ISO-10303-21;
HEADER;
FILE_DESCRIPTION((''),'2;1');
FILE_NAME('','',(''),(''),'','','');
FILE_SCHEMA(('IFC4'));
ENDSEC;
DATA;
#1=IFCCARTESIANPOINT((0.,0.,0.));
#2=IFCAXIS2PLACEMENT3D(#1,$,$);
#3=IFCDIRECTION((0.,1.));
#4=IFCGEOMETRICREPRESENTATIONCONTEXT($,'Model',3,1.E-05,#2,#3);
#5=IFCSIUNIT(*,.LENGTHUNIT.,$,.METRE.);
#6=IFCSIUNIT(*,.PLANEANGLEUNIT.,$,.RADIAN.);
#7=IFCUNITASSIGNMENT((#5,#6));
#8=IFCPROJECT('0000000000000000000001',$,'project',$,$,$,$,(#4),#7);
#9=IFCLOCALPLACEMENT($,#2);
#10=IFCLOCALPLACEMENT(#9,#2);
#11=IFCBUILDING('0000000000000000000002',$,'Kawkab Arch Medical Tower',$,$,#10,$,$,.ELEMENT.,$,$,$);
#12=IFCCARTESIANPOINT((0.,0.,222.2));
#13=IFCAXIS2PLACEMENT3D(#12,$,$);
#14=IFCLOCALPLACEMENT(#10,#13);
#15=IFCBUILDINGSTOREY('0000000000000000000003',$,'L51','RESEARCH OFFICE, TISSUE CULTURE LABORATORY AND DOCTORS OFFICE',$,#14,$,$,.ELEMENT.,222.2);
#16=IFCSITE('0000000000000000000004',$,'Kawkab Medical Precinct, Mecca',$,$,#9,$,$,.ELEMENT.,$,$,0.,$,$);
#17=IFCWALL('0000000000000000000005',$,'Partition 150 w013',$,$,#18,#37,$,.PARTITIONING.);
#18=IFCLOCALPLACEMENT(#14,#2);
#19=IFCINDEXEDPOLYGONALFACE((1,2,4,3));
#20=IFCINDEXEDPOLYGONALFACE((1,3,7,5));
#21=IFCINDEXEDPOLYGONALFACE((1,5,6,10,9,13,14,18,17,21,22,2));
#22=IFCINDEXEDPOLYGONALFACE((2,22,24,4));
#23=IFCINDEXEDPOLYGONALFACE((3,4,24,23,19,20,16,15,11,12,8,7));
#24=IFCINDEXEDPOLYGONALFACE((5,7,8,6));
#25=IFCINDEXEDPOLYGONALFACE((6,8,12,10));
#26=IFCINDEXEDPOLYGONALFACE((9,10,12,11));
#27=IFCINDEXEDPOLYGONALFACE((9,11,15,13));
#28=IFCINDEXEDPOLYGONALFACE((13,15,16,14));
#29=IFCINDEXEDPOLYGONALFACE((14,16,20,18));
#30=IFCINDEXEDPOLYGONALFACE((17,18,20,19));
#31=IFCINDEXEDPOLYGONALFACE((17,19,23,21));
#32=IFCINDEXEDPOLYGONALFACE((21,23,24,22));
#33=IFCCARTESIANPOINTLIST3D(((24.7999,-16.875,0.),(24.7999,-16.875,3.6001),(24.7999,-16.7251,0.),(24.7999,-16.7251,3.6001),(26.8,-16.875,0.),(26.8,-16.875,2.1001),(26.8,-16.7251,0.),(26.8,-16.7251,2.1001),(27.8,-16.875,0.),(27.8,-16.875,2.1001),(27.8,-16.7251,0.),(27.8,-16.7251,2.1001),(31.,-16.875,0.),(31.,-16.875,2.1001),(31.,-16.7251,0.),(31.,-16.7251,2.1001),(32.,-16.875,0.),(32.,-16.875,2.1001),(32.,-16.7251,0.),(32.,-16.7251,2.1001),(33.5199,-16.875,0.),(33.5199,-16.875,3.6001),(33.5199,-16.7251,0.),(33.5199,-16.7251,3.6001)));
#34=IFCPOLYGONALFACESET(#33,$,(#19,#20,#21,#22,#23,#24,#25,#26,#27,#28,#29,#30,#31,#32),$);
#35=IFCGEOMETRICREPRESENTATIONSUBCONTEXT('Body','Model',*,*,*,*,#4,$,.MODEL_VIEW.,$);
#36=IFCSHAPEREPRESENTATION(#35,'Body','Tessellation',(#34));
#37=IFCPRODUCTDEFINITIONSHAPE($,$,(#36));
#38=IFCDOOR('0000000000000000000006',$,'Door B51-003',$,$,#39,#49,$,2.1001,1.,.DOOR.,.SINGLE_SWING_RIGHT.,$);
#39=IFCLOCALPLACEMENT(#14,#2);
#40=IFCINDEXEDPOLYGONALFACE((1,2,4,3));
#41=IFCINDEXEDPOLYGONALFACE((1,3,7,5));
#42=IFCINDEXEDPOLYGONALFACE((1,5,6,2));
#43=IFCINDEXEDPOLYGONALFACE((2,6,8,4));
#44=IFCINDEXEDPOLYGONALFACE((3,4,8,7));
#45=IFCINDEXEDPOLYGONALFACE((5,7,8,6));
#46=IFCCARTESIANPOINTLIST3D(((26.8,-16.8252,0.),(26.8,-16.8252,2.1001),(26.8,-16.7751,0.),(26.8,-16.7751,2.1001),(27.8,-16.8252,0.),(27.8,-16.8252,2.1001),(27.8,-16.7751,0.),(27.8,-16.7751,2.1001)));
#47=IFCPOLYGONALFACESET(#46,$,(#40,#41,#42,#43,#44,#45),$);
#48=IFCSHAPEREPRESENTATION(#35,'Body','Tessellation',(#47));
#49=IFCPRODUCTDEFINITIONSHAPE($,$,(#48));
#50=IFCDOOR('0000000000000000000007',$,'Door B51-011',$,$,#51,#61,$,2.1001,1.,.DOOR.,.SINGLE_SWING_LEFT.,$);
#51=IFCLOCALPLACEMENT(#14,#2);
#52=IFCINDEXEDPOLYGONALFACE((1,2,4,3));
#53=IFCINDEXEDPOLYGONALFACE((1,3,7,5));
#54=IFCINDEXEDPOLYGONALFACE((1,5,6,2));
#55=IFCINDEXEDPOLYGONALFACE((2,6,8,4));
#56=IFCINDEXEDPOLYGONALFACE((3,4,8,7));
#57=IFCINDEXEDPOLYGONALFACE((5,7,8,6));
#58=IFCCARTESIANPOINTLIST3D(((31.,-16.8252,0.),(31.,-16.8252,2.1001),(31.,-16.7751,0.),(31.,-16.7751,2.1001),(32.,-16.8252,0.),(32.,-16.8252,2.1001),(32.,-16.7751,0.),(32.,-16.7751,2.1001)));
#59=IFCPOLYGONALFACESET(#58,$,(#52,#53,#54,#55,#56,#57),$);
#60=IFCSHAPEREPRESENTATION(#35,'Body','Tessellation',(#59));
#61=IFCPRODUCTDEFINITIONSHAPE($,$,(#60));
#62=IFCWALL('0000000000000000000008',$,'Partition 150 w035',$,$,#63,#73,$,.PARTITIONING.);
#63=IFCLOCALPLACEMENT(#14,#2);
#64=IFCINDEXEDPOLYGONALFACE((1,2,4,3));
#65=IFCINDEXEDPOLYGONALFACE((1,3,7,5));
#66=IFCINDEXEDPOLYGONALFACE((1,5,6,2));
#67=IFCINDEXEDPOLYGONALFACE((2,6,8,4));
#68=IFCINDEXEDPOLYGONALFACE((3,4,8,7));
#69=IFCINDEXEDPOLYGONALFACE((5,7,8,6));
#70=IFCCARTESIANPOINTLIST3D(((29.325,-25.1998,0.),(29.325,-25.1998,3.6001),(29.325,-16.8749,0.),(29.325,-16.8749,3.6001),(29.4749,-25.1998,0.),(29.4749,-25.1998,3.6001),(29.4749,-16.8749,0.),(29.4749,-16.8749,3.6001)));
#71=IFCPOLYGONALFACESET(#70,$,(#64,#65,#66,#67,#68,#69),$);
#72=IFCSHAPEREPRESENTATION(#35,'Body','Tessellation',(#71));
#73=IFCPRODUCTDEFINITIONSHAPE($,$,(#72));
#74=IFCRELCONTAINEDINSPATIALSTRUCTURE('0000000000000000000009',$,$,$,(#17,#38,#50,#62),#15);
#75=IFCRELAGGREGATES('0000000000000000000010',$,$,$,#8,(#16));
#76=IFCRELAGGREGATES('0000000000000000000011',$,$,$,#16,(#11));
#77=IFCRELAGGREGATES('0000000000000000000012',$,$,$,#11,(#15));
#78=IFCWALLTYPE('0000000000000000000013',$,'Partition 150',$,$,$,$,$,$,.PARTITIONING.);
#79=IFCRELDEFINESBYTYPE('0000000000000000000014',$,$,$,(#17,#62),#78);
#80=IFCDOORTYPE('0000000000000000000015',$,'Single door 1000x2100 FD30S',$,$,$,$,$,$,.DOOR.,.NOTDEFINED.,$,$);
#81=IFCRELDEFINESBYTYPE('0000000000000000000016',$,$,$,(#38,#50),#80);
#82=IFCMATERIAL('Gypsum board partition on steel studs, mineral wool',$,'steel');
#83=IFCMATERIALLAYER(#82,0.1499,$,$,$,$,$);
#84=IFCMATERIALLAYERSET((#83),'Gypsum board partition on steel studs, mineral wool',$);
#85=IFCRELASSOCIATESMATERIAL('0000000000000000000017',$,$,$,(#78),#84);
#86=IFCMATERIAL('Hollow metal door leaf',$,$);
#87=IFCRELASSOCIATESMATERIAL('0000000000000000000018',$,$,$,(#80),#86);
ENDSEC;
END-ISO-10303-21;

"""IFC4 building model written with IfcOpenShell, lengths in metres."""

from ifc_helpers import new_model, si_unit, direction, frame, frame_2d, origin, place, context, subcontext, project, spatial, rectangle, extrude, material, layer, layer_set, type_object, element, fill, save


model = new_model("IFC4")

# Units and contexts
model_context = context("Model", 3, precision=1e-05, world=origin(), true_north=direction((0.0, 1.0)))
body_context = subcontext(model_context, "Body", "Model", "MODEL_VIEW")
ifc_project = project(units=[si_unit("LENGTHUNIT", "METRE"), si_unit("PLANEANGLEUNIT", "RADIAN")], contexts=[model_context])

# Site, building, storey
site_placement = place(None, origin())
site = spatial("IfcSite", under=ifc_project, at=site_placement, Name="Kawkab Medical Precinct, Mecca", CompositionType="ELEMENT", RefElevation=0.0)
building_placement = place(site_placement, origin())
building = spatial("IfcBuilding", under=site, at=building_placement, Name="Kawkab Arch Medical Tower", CompositionType="ELEMENT")
storey_placement = place(building_placement, frame((0.0, 0.0, 222.2)))
storey = spatial("IfcBuildingStorey", under=building, at=storey_placement, Name="L51", Description="RESEARCH OFFICE, TISSUE CULTURE LABORATORY AND DOCTORS OFFICE", CompositionType="ELEMENT", Elevation=222.2)

# Shared definitions
ifc_material_1 = material(Name="Gypsum board partition on steel studs, mineral wool", Category="steel")
ifc_layer_1 = layer(ifc_material_1, 0.1499)
ifc_layer_set_1 = layer_set([ifc_layer_1], Name="Gypsum board partition on steel studs, mineral wool")
wall_type_1 = type_object("IfcWallType", Name="Partition 150", PredefinedType="PARTITIONING", material=ifc_layer_set_1)

# Wall, openings, doors
wall_1_placement = place(storey_placement, frame((24.8, -16.8, 0.0), z_axis=(0.0, 0.0, 1.0), x_axis=(1.0, 0.0, 0.0)))
wall_1 = element("IfcWall", 1, at=wall_1_placement, inside=storey, type_object=wall_type_1, Name="Partition 150 w013", PredefinedType="PARTITIONING", context=body_context, shape_type="SweptSolid", body=[
    extrude(rectangle(XDim=8.72, YDim=0.1499, at=frame_2d((4.3599, 0.0))), origin(), (0.0, 0.0, 1.0), 3.6001),
])
opening_1_placement = place(wall_1_placement, frame((2.0, 0.0, 0.0)))
opening_1 = element("IfcOpeningElement", 2, at=opening_1_placement, cuts=wall_1, PredefinedType="OPENING", context=body_context, shape_type="SweptSolid", body=[
    extrude(rectangle(XDim=1.0, YDim=2.1001, at=frame_2d((0.5, 1.05))), frame((0.0, 0.085, 0.0), z_axis=(0.0, -1.0, 0.0), x_axis=(1.0, 0.0, 0.0)), (0.0, 0.0, 1.0), 0.1699),
])
opening_2_placement = place(wall_1_placement, frame((6.2, 0.0, 0.0)))
opening_2 = element("IfcOpeningElement", 3, at=opening_2_placement, cuts=wall_1, PredefinedType="OPENING", context=body_context, shape_type="SweptSolid", body=[
    extrude(rectangle(XDim=1.0, YDim=2.1001, at=frame_2d((0.5, 1.05))), frame((0.0, 0.085, 0.0), z_axis=(0.0, -1.0, 0.0), x_axis=(1.0, 0.0, 0.0)), (0.0, 0.0, 1.0), 0.1699),
])
ifc_material_2 = material(Name="Hollow metal door leaf")
door_type_1 = type_object("IfcDoorType", Name="Single door 1000x2100 FD30S", OperationType="NOTDEFINED", PredefinedType="DOOR", material=ifc_material_2)
door_1_placement = place(opening_1_placement, origin())
door_1 = element("IfcDoor", 4, at=door_1_placement, inside=storey, type_object=door_type_1, Name="Door B51-003", OperationType="SINGLE_SWING_RIGHT", OverallHeight=2.1001, OverallWidth=1.0, PredefinedType="DOOR", context=body_context, shape_type="SweptSolid", body=[
    extrude(rectangle(XDim=1.0, YDim=2.1001, at=frame_2d((0.5, 1.05))), frame((0.0, 0.0249, 0.0), z_axis=(0.0, -1.0, 0.0), x_axis=(1.0, 0.0, 0.0)), (0.0, 0.0, 1.0), 0.05),
])
fill(opening_1, door_1)
door_2_placement = place(opening_2_placement, origin())
door_2 = element("IfcDoor", 5, at=door_2_placement, inside=storey, type_object=door_type_1, Name="Door B51-011", OperationType="SINGLE_SWING_LEFT", OverallHeight=2.1001, OverallWidth=1.0, PredefinedType="DOOR", context=body_context, shape_type="SweptSolid", body=[
    extrude(rectangle(XDim=1.0, YDim=2.1001, at=frame_2d((0.5, 1.05))), frame((0.0, 0.0249, 0.0), z_axis=(0.0, -1.0, 0.0), x_axis=(1.0, 0.0, 0.0)), (0.0, 0.0, 1.0), 0.05),
])
fill(opening_2, door_2)

# Wall
wall_2_placement = place(storey_placement, frame((29.3999, -25.2, 0.0), z_axis=(0.0, 0.0, 1.0), x_axis=(0.0, 1.0, 0.0)))
element("IfcWall", 6, at=wall_2_placement, inside=storey, type_object=wall_type_1, Name="Partition 150 w035", PredefinedType="PARTITIONING", context=body_context, shape_type="SweptSolid", body=[
    extrude(rectangle(XDim=8.325, YDim=0.1499, at=frame_2d((4.1626, 0.0))), origin(), (0.0, 0.0, 1.0), 3.6001),
])

save(model, "model.ifc")
